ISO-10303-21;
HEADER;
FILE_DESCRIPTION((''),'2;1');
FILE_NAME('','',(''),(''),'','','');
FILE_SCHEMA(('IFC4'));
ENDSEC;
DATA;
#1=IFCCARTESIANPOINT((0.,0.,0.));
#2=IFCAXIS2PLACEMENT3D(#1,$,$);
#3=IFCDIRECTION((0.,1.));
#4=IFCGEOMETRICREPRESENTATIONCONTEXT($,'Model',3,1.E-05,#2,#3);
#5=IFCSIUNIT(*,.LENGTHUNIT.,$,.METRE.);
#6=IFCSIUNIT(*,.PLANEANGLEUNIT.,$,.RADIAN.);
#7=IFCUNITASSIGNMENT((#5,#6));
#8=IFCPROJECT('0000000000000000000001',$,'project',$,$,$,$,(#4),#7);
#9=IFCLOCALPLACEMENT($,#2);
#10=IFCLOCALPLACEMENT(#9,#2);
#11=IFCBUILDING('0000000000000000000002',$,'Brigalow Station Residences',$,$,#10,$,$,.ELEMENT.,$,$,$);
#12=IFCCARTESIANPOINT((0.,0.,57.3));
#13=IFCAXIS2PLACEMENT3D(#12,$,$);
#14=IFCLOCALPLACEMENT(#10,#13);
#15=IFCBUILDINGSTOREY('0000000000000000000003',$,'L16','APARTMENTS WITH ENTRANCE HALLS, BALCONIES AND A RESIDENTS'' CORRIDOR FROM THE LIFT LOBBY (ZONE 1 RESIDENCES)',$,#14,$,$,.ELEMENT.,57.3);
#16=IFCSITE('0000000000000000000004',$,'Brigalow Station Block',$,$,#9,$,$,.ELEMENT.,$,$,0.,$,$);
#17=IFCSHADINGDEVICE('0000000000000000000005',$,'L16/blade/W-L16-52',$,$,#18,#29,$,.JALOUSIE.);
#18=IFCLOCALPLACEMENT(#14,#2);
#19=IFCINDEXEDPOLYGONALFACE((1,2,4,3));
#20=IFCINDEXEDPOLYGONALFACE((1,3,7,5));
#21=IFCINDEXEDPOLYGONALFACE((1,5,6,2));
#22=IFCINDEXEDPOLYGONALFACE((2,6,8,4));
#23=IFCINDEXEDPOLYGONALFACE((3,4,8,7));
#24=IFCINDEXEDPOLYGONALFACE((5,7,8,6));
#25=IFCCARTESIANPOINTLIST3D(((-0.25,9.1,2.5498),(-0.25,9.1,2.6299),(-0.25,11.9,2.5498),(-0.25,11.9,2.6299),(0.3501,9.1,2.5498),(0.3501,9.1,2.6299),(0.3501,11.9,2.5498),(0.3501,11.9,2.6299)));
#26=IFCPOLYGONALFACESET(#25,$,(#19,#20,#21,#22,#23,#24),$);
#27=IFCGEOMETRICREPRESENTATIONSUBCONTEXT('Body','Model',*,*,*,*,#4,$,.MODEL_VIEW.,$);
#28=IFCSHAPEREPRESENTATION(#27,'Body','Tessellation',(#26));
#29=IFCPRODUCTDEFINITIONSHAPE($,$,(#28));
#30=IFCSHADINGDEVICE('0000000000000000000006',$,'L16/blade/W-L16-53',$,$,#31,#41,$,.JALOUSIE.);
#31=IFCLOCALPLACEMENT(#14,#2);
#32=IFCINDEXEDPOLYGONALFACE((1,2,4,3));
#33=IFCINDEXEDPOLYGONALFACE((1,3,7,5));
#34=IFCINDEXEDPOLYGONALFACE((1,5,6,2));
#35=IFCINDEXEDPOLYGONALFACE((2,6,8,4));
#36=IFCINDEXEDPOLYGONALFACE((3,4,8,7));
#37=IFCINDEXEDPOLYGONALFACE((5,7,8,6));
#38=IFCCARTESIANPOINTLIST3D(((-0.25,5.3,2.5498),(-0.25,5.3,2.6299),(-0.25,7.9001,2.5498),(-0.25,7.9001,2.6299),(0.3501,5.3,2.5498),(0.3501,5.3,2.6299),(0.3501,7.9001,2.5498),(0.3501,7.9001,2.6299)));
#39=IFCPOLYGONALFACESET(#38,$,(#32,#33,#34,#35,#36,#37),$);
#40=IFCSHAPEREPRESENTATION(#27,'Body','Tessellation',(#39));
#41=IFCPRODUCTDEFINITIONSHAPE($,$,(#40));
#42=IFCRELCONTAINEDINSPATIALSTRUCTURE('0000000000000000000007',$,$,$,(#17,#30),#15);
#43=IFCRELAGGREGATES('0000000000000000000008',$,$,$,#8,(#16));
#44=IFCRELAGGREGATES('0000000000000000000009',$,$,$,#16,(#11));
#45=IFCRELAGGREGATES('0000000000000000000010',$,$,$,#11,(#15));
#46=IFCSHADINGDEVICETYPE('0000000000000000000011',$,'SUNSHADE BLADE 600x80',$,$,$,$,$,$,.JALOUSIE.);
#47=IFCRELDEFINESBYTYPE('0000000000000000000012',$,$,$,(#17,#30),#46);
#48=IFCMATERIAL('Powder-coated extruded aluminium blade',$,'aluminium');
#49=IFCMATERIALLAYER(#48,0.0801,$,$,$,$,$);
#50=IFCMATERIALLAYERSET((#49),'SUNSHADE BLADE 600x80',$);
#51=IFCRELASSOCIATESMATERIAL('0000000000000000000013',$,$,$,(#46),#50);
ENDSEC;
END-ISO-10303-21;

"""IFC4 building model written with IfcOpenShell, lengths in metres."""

from ifc_helpers import new_model, si_unit, direction, frame, origin, origin_2d, place, context, subcontext, project, spatial, rectangle, extrude, material, layer, layer_set, type_object, element, save


model = new_model("IFC4")

# Units and contexts
model_context = context("Model", 3, precision=1e-05, world=origin(), true_north=direction((0.0, 1.0)))
body_context = subcontext(model_context, "Body", "Model", "MODEL_VIEW")
ifc_project = project(units=[si_unit("LENGTHUNIT", "METRE"), si_unit("PLANEANGLEUNIT", "RADIAN")], contexts=[model_context])

# Site, building, storey
site_placement = place(None, origin())
site = spatial("IfcSite", under=ifc_project, at=site_placement, Name="Brigalow Station Block", CompositionType="ELEMENT", RefElevation=0.0)
building_placement = place(site_placement, origin())
building = spatial("IfcBuilding", under=site, at=building_placement, Name="Brigalow Station Residences", CompositionType="ELEMENT")
storey_placement = place(building_placement, frame((0.0, 0.0, 57.3)))
storey = spatial("IfcBuildingStorey", under=building, at=storey_placement, Name="L16", Description="APARTMENTS WITH ENTRANCE HALLS, BALCONIES AND A RESIDENTS' CORRIDOR FROM THE LIFT LOBBY (ZONE 1 RESIDENCES)", CompositionType="ELEMENT", Elevation=57.3)

# Shading devices
ifc_material_1 = material(Name="Powder-coated extruded aluminium blade", Category="aluminium")
ifc_layer_1 = layer(ifc_material_1, 0.0801)
ifc_layer_set_1 = layer_set([ifc_layer_1], Name="SUNSHADE BLADE 600x80")
shading_device_type = type_object("IfcShadingDeviceType", Name="SUNSHADE BLADE 600x80", PredefinedType="JALOUSIE", material=ifc_layer_set_1)
shading_device_1_placement = place(storey_placement, frame((0.05, 10.5, 2.5498), z_axis=(0.0, 0.0, 1.0), x_axis=(0.0, -1.0, 0.0)))
element("IfcShadingDevice", 1, at=shading_device_1_placement, inside=storey, type_object=shading_device_type, Name="L16/blade/W-L16-52", PredefinedType="JALOUSIE", context=body_context, shape_type="SweptSolid", body=[
    extrude(rectangle(XDim=2.8, YDim=0.6001, at=origin_2d()), origin(), (0.0, 0.0, 1.0), 0.0801),
])
shading_device_2_placement = place(storey_placement, frame((0.05, 6.6001, 2.5498), z_axis=(0.0, 0.0, 1.0), x_axis=(0.0, -1.0, 0.0)))
element("IfcShadingDevice", 2, at=shading_device_2_placement, inside=storey, type_object=shading_device_type, Name="L16/blade/W-L16-53", PredefinedType="JALOUSIE", context=body_context, shape_type="SweptSolid", body=[
    extrude(rectangle(XDim=2.6001, YDim=0.6001, at=origin_2d()), origin(), (0.0, 0.0, 1.0), 0.0801),
])

save(model, "model.ifc")
